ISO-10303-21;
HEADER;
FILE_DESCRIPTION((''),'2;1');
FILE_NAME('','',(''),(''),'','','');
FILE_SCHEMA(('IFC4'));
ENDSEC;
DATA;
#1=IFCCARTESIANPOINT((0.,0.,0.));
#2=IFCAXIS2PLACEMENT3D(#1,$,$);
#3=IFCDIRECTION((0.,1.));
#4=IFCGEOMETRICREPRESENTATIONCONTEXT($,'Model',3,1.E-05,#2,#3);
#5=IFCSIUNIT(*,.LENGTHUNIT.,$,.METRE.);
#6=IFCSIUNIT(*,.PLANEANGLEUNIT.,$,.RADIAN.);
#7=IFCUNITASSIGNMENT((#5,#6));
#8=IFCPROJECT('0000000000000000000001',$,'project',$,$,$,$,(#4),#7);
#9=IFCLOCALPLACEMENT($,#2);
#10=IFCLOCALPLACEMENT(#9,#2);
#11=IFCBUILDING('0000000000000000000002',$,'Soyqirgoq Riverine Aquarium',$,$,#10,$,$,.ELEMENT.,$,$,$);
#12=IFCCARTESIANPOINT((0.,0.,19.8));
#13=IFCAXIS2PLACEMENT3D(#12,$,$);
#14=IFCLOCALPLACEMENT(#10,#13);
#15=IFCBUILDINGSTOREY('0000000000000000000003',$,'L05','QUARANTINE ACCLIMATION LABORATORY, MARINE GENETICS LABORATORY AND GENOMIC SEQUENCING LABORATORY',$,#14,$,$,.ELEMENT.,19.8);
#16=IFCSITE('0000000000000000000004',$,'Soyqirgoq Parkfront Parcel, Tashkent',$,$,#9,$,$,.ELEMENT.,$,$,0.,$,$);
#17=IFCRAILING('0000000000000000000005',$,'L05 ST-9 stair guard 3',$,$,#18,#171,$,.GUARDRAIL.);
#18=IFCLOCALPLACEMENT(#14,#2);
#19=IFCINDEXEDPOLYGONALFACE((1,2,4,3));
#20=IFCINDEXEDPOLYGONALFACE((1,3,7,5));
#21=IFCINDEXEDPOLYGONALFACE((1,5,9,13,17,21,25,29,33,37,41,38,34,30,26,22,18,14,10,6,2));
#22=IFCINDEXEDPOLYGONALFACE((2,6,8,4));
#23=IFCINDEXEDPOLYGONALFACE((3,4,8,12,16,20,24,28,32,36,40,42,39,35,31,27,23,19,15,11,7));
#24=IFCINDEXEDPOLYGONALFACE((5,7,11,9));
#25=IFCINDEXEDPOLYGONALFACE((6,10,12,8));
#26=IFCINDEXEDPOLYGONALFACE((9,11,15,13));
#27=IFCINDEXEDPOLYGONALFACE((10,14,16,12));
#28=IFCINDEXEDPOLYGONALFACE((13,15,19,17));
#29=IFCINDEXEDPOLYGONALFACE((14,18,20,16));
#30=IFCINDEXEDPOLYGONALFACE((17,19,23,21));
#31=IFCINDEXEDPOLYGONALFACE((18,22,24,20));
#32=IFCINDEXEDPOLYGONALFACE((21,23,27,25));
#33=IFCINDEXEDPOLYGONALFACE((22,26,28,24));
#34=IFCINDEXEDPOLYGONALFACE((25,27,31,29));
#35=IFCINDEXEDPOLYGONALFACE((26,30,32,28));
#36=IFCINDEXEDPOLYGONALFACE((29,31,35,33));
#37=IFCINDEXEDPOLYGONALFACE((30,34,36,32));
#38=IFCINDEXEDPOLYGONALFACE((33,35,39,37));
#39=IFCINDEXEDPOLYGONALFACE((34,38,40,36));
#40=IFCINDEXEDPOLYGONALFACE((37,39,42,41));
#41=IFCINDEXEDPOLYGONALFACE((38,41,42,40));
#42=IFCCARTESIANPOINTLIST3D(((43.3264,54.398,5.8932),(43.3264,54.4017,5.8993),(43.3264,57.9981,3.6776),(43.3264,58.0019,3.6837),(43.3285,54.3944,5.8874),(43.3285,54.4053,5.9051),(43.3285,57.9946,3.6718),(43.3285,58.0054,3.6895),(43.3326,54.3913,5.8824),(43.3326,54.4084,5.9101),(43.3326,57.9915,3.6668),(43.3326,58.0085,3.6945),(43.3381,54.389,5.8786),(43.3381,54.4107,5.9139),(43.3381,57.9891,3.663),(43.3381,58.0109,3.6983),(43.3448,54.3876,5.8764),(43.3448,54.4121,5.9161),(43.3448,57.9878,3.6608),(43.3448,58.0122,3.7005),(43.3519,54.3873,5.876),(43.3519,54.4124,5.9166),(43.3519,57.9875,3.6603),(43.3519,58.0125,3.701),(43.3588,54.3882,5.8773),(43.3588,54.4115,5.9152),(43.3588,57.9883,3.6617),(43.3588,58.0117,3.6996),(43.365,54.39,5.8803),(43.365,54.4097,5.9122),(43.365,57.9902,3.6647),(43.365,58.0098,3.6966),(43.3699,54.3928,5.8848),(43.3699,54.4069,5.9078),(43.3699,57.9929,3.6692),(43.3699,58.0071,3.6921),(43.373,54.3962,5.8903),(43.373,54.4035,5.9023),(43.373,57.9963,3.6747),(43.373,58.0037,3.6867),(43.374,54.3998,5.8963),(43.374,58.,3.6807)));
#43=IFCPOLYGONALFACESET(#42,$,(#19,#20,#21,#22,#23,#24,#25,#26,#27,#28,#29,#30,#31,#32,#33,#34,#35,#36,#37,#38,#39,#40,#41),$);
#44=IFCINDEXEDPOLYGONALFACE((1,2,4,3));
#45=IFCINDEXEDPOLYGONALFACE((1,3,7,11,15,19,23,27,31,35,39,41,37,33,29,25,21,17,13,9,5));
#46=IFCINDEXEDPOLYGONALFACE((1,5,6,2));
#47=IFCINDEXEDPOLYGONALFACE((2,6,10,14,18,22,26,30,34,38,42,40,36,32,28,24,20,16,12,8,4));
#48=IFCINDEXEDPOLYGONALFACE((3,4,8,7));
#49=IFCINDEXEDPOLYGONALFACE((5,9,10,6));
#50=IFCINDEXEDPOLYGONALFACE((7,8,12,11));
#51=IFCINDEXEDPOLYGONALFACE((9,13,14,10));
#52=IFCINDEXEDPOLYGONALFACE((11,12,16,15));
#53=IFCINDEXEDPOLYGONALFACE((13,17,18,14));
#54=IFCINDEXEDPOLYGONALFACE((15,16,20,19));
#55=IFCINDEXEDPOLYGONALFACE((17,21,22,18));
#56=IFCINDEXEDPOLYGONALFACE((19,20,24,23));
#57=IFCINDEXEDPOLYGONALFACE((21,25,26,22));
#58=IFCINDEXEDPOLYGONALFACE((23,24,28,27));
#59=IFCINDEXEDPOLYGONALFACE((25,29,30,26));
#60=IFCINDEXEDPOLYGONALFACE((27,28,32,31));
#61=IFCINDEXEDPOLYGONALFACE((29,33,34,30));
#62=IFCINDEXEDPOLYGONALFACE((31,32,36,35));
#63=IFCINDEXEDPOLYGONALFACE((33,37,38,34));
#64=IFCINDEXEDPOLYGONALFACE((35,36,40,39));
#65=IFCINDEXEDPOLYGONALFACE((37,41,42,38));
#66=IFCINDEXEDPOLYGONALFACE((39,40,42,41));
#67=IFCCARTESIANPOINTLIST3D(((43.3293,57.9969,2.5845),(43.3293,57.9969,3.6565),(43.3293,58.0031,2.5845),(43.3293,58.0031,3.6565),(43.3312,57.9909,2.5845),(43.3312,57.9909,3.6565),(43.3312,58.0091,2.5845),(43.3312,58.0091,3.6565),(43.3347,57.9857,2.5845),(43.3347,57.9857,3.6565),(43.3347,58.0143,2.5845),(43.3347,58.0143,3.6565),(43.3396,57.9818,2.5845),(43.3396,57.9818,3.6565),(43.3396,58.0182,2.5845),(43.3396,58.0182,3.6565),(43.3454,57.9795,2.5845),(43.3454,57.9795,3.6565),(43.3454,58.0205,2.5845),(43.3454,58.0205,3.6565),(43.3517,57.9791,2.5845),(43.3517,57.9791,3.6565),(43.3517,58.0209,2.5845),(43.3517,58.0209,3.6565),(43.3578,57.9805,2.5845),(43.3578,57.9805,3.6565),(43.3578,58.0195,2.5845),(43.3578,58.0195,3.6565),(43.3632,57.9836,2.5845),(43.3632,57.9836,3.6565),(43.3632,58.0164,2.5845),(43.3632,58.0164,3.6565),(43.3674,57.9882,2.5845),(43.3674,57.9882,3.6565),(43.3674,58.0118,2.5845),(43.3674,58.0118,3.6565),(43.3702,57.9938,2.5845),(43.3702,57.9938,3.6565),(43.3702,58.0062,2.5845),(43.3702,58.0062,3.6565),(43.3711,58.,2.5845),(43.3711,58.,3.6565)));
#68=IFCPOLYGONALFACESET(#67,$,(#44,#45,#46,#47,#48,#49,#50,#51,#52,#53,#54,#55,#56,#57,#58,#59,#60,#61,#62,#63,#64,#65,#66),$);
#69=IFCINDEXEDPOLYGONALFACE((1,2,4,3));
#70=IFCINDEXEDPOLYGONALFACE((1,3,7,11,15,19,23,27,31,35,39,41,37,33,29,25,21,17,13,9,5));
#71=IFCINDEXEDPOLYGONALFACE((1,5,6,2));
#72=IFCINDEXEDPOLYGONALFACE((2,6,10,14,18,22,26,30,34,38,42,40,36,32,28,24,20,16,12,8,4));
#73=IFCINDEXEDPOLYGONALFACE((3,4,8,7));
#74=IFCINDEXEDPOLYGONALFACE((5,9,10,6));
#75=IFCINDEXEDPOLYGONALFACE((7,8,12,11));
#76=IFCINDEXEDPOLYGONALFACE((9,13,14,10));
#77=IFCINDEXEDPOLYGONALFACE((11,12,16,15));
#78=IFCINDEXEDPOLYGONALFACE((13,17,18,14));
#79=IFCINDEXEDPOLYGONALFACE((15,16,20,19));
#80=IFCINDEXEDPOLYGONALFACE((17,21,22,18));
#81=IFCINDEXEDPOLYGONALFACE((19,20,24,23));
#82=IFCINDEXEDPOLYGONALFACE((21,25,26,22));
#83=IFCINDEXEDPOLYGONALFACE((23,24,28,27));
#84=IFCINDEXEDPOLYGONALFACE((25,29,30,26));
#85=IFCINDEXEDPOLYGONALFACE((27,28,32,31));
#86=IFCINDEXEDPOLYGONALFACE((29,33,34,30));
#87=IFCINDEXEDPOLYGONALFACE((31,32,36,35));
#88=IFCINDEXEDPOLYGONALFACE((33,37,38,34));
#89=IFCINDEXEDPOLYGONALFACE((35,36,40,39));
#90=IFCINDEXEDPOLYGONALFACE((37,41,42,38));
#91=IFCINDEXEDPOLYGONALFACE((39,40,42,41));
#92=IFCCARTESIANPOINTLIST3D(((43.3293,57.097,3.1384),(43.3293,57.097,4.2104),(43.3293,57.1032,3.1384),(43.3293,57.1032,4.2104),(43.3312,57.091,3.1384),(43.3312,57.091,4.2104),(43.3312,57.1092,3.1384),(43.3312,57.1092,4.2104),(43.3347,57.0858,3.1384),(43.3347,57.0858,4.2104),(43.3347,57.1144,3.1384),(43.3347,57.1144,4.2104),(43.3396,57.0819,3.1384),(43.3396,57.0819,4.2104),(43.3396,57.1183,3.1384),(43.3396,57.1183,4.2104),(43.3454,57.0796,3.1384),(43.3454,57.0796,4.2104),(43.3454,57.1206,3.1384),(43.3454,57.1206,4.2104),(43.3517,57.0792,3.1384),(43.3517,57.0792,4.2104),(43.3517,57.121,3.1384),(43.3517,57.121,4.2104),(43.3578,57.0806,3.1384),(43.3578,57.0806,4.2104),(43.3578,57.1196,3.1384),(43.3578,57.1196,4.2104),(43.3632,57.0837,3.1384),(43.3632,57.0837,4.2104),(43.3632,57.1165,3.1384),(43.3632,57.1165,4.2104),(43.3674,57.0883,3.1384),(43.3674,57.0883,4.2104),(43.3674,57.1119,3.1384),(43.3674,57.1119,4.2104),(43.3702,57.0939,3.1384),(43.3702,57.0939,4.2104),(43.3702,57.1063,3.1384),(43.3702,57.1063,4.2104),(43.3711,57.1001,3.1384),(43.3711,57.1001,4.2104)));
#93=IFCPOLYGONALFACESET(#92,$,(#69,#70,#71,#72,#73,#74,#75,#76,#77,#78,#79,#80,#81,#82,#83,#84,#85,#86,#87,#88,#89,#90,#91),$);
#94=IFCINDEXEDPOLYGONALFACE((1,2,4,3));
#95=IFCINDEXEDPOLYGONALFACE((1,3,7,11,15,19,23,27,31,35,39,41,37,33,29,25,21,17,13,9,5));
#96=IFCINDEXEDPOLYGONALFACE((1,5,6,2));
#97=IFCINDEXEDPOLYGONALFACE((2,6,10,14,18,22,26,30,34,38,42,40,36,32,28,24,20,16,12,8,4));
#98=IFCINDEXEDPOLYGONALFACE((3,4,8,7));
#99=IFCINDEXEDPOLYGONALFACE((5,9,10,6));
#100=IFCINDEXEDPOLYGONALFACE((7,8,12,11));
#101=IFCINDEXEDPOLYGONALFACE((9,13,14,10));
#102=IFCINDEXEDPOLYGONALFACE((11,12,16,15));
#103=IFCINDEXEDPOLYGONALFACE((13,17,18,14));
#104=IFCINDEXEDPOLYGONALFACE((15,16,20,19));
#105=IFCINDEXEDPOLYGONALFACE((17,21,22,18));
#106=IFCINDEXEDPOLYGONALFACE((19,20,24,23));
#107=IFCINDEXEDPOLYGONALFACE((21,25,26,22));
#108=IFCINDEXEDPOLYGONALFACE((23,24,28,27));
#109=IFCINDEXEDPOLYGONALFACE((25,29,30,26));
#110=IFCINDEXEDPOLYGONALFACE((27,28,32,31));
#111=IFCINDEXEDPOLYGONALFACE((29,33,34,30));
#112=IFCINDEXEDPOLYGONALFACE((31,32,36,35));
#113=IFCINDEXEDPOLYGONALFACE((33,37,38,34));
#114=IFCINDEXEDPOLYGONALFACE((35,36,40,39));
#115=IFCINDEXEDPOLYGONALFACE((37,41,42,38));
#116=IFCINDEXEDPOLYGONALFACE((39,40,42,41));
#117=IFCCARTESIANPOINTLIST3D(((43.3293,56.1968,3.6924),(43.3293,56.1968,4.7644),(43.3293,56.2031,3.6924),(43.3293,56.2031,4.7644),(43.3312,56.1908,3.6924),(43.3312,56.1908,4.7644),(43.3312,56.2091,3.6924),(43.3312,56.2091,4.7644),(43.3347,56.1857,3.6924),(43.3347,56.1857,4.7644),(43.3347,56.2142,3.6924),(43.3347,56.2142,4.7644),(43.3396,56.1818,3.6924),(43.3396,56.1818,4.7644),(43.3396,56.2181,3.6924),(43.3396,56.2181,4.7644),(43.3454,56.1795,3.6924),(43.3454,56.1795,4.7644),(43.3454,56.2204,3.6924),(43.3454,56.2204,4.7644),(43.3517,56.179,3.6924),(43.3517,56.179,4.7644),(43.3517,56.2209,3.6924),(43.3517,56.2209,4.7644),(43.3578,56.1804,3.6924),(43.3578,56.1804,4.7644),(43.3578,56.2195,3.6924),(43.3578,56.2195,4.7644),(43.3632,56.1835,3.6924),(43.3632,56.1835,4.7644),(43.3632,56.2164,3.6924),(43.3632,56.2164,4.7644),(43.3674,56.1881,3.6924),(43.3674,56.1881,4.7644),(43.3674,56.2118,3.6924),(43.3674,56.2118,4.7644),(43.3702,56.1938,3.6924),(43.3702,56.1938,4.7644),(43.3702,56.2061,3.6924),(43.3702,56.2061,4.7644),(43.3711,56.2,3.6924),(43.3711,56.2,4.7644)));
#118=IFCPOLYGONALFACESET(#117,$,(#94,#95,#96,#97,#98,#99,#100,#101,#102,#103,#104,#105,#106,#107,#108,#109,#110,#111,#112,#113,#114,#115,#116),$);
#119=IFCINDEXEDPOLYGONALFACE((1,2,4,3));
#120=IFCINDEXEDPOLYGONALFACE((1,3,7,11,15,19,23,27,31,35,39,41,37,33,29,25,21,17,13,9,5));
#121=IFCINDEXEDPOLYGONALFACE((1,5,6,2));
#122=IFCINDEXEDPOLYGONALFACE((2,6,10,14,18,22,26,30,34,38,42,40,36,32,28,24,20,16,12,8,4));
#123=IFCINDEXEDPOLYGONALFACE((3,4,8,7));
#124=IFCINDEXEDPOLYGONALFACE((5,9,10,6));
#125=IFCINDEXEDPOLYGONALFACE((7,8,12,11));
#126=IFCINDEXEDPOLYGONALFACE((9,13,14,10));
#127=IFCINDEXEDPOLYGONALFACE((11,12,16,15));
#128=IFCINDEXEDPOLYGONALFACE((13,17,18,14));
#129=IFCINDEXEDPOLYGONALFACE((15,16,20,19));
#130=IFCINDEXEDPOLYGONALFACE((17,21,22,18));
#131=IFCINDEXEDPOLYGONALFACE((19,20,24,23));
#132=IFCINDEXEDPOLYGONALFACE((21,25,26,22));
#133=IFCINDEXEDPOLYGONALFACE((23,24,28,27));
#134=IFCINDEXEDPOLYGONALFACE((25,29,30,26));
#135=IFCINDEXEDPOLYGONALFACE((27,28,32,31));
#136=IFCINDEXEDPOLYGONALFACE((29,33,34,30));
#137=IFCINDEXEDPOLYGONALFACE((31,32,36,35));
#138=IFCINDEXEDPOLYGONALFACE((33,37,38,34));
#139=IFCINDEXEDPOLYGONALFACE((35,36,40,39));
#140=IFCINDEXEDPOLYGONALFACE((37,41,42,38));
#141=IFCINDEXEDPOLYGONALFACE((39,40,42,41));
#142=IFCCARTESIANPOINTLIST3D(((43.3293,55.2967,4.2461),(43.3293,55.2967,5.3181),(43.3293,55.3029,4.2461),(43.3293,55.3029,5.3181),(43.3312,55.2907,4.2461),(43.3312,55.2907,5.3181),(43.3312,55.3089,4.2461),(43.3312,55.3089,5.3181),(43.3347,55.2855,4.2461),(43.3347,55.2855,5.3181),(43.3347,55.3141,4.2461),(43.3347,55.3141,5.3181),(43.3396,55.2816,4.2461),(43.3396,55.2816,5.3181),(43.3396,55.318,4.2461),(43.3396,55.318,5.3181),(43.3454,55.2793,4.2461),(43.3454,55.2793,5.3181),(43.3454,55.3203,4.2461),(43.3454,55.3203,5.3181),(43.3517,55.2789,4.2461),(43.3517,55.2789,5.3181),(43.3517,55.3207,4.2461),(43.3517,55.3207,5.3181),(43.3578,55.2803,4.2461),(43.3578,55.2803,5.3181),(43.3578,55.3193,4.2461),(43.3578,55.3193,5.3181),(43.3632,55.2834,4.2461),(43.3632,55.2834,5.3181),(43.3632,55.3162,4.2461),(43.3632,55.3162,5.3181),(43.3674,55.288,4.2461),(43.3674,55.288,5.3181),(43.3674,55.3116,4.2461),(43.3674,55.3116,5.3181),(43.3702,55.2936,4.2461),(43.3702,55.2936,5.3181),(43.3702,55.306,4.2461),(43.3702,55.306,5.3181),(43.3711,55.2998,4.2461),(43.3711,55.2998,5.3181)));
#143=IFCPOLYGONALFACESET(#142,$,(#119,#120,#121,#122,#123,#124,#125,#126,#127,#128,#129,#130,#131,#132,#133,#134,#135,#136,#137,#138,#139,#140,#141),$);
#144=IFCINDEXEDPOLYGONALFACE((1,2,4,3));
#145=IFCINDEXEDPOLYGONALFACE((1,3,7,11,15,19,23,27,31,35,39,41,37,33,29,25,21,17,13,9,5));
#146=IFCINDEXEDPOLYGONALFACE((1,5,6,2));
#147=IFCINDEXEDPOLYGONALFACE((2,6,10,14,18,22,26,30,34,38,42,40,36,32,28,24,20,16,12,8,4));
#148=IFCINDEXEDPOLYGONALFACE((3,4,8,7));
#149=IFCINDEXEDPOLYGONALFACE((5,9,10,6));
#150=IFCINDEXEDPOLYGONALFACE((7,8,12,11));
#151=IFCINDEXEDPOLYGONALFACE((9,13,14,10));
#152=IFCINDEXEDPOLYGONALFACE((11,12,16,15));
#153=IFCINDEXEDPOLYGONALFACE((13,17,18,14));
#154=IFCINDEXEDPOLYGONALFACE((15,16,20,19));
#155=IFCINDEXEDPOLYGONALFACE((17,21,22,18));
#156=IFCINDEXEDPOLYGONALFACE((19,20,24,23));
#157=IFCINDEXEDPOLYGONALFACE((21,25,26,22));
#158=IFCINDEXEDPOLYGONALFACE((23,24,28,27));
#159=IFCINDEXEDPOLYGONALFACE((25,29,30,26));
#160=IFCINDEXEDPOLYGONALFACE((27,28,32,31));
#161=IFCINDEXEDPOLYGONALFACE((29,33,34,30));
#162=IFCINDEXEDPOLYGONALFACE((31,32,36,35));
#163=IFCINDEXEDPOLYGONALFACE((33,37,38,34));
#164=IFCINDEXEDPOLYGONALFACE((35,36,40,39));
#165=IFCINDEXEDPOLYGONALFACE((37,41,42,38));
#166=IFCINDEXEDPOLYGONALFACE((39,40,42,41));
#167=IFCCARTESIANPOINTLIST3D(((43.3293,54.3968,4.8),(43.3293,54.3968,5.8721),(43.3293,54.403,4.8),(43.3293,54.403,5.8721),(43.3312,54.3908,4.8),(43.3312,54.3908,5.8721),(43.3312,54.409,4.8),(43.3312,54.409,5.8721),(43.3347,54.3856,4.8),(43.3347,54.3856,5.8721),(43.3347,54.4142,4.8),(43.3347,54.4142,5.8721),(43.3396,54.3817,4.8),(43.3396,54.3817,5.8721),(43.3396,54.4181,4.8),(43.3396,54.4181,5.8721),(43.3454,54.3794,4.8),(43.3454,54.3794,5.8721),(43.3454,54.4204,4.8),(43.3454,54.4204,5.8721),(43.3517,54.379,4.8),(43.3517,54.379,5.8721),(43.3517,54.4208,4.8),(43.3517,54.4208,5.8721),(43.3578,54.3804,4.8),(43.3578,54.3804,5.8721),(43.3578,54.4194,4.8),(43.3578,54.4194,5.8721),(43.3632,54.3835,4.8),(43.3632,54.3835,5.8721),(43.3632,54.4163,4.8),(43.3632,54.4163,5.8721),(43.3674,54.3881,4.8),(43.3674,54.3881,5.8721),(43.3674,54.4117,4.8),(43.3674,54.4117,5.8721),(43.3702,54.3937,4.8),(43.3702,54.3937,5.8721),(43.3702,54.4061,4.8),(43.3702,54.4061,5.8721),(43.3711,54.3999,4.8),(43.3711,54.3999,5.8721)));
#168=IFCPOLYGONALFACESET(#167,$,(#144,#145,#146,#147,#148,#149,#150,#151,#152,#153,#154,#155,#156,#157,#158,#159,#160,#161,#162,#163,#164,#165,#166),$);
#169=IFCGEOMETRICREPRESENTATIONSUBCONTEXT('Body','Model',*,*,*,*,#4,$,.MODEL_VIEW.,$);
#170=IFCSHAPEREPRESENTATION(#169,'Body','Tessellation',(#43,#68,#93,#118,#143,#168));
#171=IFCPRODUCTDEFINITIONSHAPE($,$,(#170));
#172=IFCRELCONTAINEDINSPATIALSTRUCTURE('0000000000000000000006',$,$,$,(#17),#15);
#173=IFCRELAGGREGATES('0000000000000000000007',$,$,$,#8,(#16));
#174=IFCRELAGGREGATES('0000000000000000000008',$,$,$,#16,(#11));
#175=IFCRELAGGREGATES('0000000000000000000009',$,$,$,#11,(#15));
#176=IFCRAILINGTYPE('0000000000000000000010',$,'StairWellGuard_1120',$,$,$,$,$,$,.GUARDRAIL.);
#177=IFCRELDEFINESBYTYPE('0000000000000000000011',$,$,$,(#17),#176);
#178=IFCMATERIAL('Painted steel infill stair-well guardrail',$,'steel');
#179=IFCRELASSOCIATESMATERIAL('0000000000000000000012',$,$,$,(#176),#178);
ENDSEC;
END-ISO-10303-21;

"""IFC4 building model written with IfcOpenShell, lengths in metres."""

from ifc_helpers import new_model, si_unit, direction, frame, origin, origin_2d, place, context, subcontext, project, spatial, circle, extrude, material, type_object, element, save


model = new_model("IFC4")

# Units and contexts
model_context = context("Model", 3, precision=1e-05, world=origin(), true_north=direction((0.0, 1.0)))
body_context = subcontext(model_context, "Body", "Model", "MODEL_VIEW")
ifc_project = project(units=[si_unit("LENGTHUNIT", "METRE"), si_unit("PLANEANGLEUNIT", "RADIAN")], contexts=[model_context])

# Site, building, storey
site_placement = place(None, origin())
site = spatial("IfcSite", under=ifc_project, at=site_placement, Name="Soyqirgoq Parkfront Parcel, Tashkent", CompositionType="ELEMENT", RefElevation=0.0)
building_placement = place(site_placement, origin())
building = spatial("IfcBuilding", under=site, at=building_placement, Name="Soyqirgoq Riverine Aquarium", CompositionType="ELEMENT")
storey_placement = place(building_placement, frame((0.0, 0.0, 19.8)))
storey = spatial("IfcBuildingStorey", under=building, at=storey_placement, Name="L05", Description="QUARANTINE ACCLIMATION LABORATORY, MARINE GENETICS LABORATORY AND GENOMIC SEQUENCING LABORATORY", CompositionType="ELEMENT", Elevation=19.8)

# Railing
ifc_material_1 = material(Name="Painted steel infill stair-well guardrail", Category="steel")
railing_type_1 = type_object("IfcRailingType", Name="StairWellGuard_1120", PredefinedType="GUARDRAIL", material=ifc_material_1)
railing_1_placement = place(storey_placement, frame((43.3501, 58.0, 2.5845)))
element("IfcRailing", 1, at=railing_1_placement, inside=storey, type_object=railing_type_1, Name="L05 ST-9 stair guard 3", PredefinedType="GUARDRAIL", context=body_context, shape_type="SweptSolid", body=[
    extrude(circle(Radius=0.0239, at=origin_2d()), frame((0.0, 0.0, 1.0962), z_axis=(0.0, -0.851644, 0.52412), x_axis=(1.0, 0.0, 0.0)), (0.0, 0.0, 1.0), 4.2273),
    extrude(circle(Radius=0.021, at=origin_2d()), origin(), (0.0, 0.0, 1.0), 1.072),
    extrude(circle(Radius=0.021, at=origin_2d()), frame((0.0, -0.8999, 0.554)), (0.0, 0.0, 1.0), 1.072),
    extrude(circle(Radius=0.021, at=origin_2d()), frame((0.0, -1.8, 1.1079)), (0.0, 0.0, 1.0), 1.072),
    extrude(circle(Radius=0.021, at=origin_2d()), frame((0.0, -2.7002, 1.6616)), (0.0, 0.0, 1.0), 1.072),
    extrude(circle(Radius=0.021, at=origin_2d()), frame((0.0, -3.6001, 2.2156)), (0.0, 0.0, 1.0), 1.072),
])

save(model, "model.ifc")
